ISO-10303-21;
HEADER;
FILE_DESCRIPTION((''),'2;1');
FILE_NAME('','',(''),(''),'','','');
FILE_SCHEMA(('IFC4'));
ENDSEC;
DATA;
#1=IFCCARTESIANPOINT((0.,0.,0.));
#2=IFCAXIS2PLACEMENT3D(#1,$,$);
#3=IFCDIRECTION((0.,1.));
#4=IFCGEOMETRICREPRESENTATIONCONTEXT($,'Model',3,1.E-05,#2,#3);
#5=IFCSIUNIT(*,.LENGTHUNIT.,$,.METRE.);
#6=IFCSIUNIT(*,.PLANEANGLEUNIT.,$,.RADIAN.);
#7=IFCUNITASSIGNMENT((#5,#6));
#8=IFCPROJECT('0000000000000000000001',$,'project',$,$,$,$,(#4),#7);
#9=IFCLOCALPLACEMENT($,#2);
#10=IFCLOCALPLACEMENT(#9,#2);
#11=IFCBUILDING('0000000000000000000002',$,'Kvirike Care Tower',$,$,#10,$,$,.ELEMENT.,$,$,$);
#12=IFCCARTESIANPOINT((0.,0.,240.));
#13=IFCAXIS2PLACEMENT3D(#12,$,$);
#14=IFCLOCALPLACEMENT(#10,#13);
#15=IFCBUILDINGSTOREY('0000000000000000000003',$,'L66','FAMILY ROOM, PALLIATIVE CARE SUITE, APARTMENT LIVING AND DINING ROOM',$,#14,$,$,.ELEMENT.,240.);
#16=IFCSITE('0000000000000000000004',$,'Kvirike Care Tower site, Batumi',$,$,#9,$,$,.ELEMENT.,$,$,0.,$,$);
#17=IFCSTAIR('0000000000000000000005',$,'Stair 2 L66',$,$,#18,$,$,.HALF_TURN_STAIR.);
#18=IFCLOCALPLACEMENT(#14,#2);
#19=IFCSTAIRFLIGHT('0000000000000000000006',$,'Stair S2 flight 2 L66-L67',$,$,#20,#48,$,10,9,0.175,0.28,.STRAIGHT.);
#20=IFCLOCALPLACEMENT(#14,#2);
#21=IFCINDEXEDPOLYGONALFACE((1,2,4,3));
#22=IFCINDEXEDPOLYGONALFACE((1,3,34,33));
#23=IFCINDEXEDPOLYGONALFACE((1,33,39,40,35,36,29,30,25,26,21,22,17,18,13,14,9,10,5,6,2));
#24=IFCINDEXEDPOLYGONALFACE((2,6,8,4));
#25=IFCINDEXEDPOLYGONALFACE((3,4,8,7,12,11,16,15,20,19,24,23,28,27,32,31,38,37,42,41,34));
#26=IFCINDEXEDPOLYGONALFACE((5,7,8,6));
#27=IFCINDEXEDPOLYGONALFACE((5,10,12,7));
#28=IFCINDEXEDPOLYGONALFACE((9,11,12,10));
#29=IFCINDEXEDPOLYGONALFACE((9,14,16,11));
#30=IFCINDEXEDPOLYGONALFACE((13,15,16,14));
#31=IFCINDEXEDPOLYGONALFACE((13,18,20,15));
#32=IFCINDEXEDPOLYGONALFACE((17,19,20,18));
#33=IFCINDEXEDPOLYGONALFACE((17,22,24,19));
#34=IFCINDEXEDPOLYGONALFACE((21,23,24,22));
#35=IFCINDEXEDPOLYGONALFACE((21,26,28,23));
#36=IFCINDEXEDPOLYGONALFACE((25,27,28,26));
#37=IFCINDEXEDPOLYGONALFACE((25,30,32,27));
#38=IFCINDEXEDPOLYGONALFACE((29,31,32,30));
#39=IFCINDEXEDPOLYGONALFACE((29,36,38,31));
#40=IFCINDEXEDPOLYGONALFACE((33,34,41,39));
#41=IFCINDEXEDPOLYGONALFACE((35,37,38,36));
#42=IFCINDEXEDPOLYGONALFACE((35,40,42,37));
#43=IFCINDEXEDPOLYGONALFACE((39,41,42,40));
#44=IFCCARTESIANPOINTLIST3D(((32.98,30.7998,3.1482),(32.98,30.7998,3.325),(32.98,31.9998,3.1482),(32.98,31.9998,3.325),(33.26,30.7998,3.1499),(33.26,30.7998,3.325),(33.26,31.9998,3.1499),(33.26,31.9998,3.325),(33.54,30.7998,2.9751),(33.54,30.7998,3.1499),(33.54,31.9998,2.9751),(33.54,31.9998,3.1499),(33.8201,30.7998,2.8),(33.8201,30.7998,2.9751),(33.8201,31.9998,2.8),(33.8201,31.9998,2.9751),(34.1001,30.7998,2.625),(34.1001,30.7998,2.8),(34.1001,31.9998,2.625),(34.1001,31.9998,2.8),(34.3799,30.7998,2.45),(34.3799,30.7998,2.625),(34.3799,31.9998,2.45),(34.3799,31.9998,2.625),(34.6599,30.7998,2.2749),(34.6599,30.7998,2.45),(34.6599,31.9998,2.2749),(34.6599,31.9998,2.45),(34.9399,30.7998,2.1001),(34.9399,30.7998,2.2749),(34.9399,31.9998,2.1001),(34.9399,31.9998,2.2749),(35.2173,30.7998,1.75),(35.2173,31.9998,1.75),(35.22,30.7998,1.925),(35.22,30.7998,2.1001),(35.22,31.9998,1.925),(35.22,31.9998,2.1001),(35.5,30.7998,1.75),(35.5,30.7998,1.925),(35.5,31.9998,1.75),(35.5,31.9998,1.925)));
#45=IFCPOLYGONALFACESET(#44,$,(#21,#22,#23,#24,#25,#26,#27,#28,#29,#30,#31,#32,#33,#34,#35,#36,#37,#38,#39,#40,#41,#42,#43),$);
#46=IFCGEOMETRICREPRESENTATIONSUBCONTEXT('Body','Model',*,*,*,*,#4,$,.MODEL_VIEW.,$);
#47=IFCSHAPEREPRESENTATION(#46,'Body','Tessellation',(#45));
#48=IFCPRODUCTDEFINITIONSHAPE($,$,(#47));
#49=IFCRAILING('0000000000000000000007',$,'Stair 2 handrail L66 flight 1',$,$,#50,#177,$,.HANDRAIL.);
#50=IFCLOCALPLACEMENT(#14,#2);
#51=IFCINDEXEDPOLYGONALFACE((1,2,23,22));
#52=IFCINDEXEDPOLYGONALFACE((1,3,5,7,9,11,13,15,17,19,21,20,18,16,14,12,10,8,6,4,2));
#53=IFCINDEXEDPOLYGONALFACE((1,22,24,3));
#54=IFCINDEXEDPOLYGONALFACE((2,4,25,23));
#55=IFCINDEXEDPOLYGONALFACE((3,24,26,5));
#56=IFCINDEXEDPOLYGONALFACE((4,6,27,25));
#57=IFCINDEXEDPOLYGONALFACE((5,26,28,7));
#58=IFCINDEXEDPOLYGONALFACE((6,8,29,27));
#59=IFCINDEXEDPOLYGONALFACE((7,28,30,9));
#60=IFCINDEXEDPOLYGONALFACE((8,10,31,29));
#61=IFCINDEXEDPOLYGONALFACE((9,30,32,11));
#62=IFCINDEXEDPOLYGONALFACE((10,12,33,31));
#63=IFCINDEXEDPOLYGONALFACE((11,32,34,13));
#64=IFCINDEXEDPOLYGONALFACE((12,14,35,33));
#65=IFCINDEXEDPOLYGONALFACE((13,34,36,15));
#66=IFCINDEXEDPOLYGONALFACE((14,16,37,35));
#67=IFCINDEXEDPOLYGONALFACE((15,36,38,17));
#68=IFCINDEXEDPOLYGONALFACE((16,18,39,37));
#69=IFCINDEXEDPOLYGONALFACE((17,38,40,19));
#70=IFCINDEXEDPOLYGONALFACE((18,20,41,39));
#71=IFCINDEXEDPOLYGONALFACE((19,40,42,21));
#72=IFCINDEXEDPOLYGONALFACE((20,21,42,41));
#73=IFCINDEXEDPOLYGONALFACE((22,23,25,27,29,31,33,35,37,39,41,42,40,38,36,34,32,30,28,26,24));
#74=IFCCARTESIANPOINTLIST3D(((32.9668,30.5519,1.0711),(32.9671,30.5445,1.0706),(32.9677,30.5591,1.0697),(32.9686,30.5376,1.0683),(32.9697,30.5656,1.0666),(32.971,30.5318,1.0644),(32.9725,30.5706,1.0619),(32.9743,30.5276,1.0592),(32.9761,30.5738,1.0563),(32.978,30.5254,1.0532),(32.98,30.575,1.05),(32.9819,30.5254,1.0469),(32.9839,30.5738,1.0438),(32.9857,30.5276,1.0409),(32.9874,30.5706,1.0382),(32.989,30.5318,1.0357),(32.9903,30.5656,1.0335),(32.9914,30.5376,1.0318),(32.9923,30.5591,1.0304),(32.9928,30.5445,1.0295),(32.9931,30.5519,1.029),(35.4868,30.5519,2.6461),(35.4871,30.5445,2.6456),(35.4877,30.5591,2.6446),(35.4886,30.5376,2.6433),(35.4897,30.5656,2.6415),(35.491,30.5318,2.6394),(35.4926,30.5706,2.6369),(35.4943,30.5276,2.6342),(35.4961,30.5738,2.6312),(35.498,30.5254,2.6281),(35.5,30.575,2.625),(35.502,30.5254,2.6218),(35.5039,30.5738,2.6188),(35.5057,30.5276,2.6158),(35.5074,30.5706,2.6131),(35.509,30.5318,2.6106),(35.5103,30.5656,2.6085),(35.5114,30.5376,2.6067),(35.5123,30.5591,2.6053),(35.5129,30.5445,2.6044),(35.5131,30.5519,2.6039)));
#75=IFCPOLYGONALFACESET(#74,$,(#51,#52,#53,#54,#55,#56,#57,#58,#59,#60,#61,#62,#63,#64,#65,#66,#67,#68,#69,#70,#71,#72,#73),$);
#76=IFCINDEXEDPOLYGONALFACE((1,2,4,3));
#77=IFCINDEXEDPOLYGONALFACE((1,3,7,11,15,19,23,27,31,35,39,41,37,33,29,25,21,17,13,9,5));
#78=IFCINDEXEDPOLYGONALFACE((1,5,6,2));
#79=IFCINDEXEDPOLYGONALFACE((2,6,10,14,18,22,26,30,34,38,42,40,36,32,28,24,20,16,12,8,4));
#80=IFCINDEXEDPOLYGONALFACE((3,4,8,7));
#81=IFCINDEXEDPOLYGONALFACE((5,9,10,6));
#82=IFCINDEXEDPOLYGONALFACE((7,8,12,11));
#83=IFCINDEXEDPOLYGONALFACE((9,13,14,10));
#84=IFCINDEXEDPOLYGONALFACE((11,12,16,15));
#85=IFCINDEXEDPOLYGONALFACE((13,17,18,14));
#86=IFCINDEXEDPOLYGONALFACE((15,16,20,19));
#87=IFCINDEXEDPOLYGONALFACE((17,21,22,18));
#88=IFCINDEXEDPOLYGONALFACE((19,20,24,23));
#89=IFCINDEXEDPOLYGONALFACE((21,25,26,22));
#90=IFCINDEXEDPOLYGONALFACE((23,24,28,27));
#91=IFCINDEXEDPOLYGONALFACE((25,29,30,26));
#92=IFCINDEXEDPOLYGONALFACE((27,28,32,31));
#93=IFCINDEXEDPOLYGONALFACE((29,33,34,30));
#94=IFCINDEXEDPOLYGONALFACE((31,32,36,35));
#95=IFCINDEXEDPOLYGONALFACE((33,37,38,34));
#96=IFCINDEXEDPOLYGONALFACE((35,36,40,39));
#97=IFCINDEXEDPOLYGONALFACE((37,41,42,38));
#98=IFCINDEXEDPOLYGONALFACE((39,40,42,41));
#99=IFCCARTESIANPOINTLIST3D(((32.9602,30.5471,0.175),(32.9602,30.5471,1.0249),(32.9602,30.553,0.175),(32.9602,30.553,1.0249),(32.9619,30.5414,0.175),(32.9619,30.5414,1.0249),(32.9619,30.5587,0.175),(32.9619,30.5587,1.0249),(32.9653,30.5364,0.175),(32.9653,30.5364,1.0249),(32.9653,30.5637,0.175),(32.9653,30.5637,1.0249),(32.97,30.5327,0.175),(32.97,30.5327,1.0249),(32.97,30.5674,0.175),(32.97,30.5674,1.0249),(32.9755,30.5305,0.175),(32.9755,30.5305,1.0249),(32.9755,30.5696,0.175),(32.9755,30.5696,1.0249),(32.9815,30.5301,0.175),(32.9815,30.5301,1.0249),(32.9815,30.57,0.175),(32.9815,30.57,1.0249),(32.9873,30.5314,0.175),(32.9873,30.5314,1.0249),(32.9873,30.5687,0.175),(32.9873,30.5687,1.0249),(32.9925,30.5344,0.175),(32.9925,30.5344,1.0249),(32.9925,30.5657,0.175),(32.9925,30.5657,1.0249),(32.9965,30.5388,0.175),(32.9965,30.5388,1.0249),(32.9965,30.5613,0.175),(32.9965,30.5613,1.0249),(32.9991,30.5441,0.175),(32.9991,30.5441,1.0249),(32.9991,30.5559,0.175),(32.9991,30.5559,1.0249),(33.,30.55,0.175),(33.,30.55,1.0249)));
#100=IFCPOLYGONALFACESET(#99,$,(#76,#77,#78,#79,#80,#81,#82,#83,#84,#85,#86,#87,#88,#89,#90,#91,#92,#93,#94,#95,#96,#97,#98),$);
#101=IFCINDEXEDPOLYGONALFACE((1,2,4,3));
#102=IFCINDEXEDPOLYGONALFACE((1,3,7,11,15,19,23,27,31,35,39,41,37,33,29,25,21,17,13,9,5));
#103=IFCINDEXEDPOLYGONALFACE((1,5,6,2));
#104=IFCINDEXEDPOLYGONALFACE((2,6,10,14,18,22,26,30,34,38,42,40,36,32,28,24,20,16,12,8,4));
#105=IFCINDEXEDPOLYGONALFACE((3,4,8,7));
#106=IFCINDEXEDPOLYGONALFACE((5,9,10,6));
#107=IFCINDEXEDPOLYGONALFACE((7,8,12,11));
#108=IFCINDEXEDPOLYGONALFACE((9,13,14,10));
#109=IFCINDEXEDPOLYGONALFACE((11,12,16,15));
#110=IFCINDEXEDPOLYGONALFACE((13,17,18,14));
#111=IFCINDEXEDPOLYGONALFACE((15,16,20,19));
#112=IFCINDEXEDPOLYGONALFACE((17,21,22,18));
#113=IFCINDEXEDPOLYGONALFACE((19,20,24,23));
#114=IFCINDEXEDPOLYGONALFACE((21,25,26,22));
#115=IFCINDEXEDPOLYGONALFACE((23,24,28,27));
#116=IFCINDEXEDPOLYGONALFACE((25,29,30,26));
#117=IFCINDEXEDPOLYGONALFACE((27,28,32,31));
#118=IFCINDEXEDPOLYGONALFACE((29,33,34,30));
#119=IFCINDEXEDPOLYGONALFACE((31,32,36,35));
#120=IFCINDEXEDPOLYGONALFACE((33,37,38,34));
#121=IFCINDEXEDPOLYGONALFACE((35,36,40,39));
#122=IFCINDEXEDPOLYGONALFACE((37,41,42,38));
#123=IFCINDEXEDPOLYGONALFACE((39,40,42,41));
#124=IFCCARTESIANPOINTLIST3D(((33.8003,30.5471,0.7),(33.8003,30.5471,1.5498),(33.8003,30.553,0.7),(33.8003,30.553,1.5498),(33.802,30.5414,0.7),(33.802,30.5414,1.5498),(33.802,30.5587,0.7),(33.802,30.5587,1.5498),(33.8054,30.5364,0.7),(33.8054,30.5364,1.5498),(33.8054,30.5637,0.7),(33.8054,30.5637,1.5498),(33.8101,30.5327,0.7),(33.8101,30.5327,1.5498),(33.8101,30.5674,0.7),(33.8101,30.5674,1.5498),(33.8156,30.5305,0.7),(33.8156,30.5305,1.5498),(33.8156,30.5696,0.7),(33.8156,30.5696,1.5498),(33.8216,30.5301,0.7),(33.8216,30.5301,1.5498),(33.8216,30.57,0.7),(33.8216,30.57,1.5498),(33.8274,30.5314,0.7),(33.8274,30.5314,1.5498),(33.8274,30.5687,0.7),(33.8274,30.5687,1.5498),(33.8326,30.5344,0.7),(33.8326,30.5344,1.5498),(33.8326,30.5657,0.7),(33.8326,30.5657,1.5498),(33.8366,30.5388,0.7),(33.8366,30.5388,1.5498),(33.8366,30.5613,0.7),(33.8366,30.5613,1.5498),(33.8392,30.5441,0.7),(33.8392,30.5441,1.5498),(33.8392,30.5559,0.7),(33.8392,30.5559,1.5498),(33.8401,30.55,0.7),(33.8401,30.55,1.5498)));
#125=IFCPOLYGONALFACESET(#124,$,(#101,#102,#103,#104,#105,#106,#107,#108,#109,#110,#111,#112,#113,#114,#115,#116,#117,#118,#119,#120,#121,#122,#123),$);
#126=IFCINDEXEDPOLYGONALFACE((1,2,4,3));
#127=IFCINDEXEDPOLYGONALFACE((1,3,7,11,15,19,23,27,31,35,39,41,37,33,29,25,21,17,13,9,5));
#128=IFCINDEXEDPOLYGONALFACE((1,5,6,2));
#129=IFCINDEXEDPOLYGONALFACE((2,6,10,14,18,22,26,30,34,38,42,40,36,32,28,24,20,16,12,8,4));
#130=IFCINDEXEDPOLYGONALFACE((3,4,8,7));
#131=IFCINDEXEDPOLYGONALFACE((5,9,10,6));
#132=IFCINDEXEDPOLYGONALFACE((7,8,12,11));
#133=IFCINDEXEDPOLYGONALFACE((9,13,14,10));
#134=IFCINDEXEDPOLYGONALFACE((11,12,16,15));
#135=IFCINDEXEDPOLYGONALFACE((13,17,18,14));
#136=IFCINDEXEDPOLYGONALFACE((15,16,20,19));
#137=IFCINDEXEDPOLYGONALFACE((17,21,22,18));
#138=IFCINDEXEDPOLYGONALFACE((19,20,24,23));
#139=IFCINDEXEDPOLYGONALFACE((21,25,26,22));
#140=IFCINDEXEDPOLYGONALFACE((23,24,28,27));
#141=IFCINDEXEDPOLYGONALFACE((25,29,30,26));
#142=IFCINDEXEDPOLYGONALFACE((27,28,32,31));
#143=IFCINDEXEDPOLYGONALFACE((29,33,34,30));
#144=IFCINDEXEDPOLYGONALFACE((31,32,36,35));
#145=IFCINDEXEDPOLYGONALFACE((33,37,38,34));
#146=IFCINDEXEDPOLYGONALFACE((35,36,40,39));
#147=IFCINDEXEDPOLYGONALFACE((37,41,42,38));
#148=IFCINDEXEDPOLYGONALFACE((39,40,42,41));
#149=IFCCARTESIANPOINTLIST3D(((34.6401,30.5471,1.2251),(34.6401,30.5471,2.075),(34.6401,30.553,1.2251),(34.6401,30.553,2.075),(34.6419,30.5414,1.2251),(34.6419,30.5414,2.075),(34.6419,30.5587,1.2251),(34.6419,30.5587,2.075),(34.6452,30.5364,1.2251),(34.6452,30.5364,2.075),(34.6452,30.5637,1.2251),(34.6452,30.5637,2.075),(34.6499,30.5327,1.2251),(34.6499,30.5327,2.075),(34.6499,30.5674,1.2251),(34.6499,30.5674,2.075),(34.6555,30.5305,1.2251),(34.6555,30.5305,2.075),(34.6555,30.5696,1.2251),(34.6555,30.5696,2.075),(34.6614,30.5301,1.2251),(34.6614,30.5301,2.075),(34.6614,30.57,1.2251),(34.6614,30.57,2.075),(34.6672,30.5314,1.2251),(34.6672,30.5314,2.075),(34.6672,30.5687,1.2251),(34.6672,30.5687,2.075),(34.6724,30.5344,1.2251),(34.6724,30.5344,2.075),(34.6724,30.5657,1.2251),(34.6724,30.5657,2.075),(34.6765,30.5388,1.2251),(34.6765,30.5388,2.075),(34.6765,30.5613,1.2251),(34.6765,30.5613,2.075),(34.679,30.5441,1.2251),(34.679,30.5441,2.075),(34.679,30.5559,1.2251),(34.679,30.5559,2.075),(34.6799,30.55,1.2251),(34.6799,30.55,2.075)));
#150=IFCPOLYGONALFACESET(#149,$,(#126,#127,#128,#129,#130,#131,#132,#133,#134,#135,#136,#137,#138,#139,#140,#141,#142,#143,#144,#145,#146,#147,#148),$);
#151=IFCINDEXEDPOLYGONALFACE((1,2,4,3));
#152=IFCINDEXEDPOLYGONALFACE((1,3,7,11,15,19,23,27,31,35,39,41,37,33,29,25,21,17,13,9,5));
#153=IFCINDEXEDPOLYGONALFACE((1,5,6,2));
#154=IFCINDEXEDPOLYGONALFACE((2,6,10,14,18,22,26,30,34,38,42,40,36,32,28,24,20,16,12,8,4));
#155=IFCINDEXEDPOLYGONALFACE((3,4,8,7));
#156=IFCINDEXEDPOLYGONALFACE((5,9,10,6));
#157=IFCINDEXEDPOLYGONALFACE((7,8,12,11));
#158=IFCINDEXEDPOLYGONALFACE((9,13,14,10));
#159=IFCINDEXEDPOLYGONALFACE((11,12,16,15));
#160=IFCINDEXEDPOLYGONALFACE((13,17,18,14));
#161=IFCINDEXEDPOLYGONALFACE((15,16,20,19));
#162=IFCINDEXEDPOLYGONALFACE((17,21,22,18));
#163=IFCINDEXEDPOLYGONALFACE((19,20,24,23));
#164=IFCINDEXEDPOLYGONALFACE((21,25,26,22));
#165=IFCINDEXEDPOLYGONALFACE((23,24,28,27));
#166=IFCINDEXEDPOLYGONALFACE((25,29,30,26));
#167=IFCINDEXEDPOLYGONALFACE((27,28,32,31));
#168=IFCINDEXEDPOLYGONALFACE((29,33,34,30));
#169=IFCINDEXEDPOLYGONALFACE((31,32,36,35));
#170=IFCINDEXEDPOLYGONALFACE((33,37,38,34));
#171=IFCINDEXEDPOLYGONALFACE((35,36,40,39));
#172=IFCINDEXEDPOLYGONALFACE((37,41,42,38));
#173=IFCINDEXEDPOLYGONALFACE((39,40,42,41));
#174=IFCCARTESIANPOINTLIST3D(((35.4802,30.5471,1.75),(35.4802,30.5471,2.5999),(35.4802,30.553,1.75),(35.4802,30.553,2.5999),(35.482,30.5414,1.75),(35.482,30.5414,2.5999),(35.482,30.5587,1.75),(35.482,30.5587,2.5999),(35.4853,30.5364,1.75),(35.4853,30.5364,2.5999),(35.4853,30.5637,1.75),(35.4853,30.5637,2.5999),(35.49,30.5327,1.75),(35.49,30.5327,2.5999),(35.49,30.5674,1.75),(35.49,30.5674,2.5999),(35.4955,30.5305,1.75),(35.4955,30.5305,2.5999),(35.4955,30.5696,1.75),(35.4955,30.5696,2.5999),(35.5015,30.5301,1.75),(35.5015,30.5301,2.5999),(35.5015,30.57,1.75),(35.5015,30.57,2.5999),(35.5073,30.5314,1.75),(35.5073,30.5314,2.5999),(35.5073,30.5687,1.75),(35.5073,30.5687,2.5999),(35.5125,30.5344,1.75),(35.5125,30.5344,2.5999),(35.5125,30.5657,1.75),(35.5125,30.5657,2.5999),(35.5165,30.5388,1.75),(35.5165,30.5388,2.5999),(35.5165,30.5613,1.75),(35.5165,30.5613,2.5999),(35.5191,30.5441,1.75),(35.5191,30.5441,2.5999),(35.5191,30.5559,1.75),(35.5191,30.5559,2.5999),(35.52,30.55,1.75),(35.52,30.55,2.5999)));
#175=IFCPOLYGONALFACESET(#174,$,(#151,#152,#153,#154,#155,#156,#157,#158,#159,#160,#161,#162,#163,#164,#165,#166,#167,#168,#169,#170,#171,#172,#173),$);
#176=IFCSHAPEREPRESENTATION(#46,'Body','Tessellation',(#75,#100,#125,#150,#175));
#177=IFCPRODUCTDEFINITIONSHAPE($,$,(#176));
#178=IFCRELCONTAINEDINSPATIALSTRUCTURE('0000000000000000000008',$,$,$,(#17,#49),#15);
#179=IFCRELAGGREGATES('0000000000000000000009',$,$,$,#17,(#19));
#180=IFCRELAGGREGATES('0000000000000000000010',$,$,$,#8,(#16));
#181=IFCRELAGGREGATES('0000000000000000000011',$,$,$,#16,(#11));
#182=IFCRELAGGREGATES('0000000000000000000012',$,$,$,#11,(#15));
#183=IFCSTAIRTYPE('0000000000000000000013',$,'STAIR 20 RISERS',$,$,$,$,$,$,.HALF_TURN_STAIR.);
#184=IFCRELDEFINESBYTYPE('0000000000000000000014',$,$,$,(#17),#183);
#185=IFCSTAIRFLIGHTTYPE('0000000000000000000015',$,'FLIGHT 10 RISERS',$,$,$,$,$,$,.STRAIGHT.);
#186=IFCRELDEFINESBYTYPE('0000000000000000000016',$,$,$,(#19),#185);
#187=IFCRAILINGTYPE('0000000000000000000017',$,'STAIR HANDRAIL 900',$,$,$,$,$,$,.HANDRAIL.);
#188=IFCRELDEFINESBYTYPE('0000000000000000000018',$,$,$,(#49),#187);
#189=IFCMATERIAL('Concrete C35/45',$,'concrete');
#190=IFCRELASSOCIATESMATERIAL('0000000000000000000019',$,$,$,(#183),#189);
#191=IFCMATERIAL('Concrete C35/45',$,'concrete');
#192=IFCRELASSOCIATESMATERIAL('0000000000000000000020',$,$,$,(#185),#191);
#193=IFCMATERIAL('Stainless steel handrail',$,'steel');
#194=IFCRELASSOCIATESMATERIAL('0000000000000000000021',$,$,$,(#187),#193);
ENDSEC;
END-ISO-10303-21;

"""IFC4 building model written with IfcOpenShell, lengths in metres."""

from ifc_helpers import new_model, si_unit, direction, frame, origin, origin_2d, place, context, subcontext, project, spatial, polyline, circle, outline, extrude, material, type_object, element, aggregate, save


model = new_model("IFC4")

# Units and contexts
model_context = context("Model", 3, precision=1e-05, world=origin(), true_north=direction((0.0, 1.0)))
body_context = subcontext(model_context, "Body", "Model", "MODEL_VIEW")
ifc_project = project(units=[si_unit("LENGTHUNIT", "METRE"), si_unit("PLANEANGLEUNIT", "RADIAN")], contexts=[model_context])

# Site, building, storey
site_placement = place(None, origin())
site = spatial("IfcSite", under=ifc_project, at=site_placement, Name="Kvirike Care Tower site, Batumi", CompositionType="ELEMENT", RefElevation=0.0)
building_placement = place(site_placement, origin())
building = spatial("IfcBuilding", under=site, at=building_placement, Name="Kvirike Care Tower", CompositionType="ELEMENT")
storey_placement = place(building_placement, frame((0.0, 0.0, 240.0)))
storey = spatial("IfcBuildingStorey", under=building, at=storey_placement, Name="L66", Description="FAMILY ROOM, PALLIATIVE CARE SUITE, APARTMENT LIVING AND DINING ROOM", CompositionType="ELEMENT", Elevation=240.0)

# Stair, stair flight
ifc_material_1 = material(Name="Concrete C35/45", Category="concrete")
stair_type = type_object("IfcStairType", Name="STAIR 20 RISERS", PredefinedType="HALF_TURN_STAIR", material=ifc_material_1)
stair_placement = place(storey_placement, origin())
stair = element("IfcStair", 1, at=stair_placement, inside=storey, type_object=stair_type, Name="Stair 2 L66", PredefinedType="HALF_TURN_STAIR")
ifc_material_2 = material(Name="Concrete C35/45", Category="concrete")
stair_flight_type = type_object("IfcStairFlightType", Name="FLIGHT 10 RISERS", PredefinedType="STRAIGHT", material=ifc_material_2)
stair_flight_1_placement = place(storey_placement, frame((35.5, 31.3999, 1.75), z_axis=(0.0, 0.0, 1.0), x_axis=(-1.0, 0.0, 0.0)))
stair_flight_1 = element("IfcStairFlight", 2, at=stair_flight_1_placement, type_object=stair_flight_type, Name="Stair S2 flight 2 L66-L67", NumberOfRisers=10, NumberOfTreads=9, PredefinedType="STRAIGHT", RiserHeight=0.175, TreadLength=0.28, context=body_context, shape_type="SweptSolid", body=[
    extrude(outline(polyline([(0.0, 0.0), (0.0, 0.175), (0.28, 0.175), (0.28, 0.3501), (0.5601, 0.3501), (0.5601, 0.5249), (0.8401, 0.5249), (0.8401, 0.7), (1.1201, 0.7), (1.1201, 0.875), (1.3999, 0.875), (1.3999, 1.05), (1.6799, 1.05), (1.6799, 1.2251), (1.96, 1.2251), (1.96, 1.3999), (2.24, 1.3999), (2.24, 1.575), (2.52, 1.575), (2.52, 1.75), (2.52, 1.3982), (0.2827, 0.0), (0.0, 0.0)])), frame((0.0, 0.6001, 0.0), z_axis=(0.0, -1.0, 0.0), x_axis=(1.0, 0.0, 0.0)), (0.0, 0.0, 1.0), 1.2),
])
aggregate(stair, [stair_flight_1])

# Railing
ifc_material_3 = material(Name="Stainless steel handrail", Category="steel")
railing_type = type_object("IfcRailingType", Name="STAIR HANDRAIL 900", PredefinedType="HANDRAIL", material=ifc_material_3)
railing_1_placement = place(storey_placement, frame((32.98, 30.55, 0.175)))
element("IfcRailing", 3, at=railing_1_placement, inside=storey, type_object=railing_type, Name="Stair 2 handrail L66 flight 1", PredefinedType="HANDRAIL", context=body_context, shape_type="SweptSolid", body=[
    extrude(circle(Radius=0.0249, at=origin_2d()), frame((0.0, 0.0, 0.875), z_axis=(0.848008, 0.0, 0.529984), x_axis=(0.0, 1.0, 0.0)), (0.0, 0.0, 1.0), 2.9717),
    extrude(circle(Radius=0.02, at=origin_2d()), origin(), (0.0, 0.0, 1.0), 0.8499),
    extrude(circle(Radius=0.02, at=origin_2d()), frame((0.8401, 0.0, 0.5249)), (0.0, 0.0, 1.0), 0.8499),
    extrude(circle(Radius=0.02, at=origin_2d()), frame((1.6799, 0.0, 1.05)), (0.0, 0.0, 1.0), 0.8499),
    extrude(circle(Radius=0.02, at=origin_2d()), frame((2.52, 0.0, 1.575)), (0.0, 0.0, 1.0), 0.8499),
])

save(model, "model.ifc")
